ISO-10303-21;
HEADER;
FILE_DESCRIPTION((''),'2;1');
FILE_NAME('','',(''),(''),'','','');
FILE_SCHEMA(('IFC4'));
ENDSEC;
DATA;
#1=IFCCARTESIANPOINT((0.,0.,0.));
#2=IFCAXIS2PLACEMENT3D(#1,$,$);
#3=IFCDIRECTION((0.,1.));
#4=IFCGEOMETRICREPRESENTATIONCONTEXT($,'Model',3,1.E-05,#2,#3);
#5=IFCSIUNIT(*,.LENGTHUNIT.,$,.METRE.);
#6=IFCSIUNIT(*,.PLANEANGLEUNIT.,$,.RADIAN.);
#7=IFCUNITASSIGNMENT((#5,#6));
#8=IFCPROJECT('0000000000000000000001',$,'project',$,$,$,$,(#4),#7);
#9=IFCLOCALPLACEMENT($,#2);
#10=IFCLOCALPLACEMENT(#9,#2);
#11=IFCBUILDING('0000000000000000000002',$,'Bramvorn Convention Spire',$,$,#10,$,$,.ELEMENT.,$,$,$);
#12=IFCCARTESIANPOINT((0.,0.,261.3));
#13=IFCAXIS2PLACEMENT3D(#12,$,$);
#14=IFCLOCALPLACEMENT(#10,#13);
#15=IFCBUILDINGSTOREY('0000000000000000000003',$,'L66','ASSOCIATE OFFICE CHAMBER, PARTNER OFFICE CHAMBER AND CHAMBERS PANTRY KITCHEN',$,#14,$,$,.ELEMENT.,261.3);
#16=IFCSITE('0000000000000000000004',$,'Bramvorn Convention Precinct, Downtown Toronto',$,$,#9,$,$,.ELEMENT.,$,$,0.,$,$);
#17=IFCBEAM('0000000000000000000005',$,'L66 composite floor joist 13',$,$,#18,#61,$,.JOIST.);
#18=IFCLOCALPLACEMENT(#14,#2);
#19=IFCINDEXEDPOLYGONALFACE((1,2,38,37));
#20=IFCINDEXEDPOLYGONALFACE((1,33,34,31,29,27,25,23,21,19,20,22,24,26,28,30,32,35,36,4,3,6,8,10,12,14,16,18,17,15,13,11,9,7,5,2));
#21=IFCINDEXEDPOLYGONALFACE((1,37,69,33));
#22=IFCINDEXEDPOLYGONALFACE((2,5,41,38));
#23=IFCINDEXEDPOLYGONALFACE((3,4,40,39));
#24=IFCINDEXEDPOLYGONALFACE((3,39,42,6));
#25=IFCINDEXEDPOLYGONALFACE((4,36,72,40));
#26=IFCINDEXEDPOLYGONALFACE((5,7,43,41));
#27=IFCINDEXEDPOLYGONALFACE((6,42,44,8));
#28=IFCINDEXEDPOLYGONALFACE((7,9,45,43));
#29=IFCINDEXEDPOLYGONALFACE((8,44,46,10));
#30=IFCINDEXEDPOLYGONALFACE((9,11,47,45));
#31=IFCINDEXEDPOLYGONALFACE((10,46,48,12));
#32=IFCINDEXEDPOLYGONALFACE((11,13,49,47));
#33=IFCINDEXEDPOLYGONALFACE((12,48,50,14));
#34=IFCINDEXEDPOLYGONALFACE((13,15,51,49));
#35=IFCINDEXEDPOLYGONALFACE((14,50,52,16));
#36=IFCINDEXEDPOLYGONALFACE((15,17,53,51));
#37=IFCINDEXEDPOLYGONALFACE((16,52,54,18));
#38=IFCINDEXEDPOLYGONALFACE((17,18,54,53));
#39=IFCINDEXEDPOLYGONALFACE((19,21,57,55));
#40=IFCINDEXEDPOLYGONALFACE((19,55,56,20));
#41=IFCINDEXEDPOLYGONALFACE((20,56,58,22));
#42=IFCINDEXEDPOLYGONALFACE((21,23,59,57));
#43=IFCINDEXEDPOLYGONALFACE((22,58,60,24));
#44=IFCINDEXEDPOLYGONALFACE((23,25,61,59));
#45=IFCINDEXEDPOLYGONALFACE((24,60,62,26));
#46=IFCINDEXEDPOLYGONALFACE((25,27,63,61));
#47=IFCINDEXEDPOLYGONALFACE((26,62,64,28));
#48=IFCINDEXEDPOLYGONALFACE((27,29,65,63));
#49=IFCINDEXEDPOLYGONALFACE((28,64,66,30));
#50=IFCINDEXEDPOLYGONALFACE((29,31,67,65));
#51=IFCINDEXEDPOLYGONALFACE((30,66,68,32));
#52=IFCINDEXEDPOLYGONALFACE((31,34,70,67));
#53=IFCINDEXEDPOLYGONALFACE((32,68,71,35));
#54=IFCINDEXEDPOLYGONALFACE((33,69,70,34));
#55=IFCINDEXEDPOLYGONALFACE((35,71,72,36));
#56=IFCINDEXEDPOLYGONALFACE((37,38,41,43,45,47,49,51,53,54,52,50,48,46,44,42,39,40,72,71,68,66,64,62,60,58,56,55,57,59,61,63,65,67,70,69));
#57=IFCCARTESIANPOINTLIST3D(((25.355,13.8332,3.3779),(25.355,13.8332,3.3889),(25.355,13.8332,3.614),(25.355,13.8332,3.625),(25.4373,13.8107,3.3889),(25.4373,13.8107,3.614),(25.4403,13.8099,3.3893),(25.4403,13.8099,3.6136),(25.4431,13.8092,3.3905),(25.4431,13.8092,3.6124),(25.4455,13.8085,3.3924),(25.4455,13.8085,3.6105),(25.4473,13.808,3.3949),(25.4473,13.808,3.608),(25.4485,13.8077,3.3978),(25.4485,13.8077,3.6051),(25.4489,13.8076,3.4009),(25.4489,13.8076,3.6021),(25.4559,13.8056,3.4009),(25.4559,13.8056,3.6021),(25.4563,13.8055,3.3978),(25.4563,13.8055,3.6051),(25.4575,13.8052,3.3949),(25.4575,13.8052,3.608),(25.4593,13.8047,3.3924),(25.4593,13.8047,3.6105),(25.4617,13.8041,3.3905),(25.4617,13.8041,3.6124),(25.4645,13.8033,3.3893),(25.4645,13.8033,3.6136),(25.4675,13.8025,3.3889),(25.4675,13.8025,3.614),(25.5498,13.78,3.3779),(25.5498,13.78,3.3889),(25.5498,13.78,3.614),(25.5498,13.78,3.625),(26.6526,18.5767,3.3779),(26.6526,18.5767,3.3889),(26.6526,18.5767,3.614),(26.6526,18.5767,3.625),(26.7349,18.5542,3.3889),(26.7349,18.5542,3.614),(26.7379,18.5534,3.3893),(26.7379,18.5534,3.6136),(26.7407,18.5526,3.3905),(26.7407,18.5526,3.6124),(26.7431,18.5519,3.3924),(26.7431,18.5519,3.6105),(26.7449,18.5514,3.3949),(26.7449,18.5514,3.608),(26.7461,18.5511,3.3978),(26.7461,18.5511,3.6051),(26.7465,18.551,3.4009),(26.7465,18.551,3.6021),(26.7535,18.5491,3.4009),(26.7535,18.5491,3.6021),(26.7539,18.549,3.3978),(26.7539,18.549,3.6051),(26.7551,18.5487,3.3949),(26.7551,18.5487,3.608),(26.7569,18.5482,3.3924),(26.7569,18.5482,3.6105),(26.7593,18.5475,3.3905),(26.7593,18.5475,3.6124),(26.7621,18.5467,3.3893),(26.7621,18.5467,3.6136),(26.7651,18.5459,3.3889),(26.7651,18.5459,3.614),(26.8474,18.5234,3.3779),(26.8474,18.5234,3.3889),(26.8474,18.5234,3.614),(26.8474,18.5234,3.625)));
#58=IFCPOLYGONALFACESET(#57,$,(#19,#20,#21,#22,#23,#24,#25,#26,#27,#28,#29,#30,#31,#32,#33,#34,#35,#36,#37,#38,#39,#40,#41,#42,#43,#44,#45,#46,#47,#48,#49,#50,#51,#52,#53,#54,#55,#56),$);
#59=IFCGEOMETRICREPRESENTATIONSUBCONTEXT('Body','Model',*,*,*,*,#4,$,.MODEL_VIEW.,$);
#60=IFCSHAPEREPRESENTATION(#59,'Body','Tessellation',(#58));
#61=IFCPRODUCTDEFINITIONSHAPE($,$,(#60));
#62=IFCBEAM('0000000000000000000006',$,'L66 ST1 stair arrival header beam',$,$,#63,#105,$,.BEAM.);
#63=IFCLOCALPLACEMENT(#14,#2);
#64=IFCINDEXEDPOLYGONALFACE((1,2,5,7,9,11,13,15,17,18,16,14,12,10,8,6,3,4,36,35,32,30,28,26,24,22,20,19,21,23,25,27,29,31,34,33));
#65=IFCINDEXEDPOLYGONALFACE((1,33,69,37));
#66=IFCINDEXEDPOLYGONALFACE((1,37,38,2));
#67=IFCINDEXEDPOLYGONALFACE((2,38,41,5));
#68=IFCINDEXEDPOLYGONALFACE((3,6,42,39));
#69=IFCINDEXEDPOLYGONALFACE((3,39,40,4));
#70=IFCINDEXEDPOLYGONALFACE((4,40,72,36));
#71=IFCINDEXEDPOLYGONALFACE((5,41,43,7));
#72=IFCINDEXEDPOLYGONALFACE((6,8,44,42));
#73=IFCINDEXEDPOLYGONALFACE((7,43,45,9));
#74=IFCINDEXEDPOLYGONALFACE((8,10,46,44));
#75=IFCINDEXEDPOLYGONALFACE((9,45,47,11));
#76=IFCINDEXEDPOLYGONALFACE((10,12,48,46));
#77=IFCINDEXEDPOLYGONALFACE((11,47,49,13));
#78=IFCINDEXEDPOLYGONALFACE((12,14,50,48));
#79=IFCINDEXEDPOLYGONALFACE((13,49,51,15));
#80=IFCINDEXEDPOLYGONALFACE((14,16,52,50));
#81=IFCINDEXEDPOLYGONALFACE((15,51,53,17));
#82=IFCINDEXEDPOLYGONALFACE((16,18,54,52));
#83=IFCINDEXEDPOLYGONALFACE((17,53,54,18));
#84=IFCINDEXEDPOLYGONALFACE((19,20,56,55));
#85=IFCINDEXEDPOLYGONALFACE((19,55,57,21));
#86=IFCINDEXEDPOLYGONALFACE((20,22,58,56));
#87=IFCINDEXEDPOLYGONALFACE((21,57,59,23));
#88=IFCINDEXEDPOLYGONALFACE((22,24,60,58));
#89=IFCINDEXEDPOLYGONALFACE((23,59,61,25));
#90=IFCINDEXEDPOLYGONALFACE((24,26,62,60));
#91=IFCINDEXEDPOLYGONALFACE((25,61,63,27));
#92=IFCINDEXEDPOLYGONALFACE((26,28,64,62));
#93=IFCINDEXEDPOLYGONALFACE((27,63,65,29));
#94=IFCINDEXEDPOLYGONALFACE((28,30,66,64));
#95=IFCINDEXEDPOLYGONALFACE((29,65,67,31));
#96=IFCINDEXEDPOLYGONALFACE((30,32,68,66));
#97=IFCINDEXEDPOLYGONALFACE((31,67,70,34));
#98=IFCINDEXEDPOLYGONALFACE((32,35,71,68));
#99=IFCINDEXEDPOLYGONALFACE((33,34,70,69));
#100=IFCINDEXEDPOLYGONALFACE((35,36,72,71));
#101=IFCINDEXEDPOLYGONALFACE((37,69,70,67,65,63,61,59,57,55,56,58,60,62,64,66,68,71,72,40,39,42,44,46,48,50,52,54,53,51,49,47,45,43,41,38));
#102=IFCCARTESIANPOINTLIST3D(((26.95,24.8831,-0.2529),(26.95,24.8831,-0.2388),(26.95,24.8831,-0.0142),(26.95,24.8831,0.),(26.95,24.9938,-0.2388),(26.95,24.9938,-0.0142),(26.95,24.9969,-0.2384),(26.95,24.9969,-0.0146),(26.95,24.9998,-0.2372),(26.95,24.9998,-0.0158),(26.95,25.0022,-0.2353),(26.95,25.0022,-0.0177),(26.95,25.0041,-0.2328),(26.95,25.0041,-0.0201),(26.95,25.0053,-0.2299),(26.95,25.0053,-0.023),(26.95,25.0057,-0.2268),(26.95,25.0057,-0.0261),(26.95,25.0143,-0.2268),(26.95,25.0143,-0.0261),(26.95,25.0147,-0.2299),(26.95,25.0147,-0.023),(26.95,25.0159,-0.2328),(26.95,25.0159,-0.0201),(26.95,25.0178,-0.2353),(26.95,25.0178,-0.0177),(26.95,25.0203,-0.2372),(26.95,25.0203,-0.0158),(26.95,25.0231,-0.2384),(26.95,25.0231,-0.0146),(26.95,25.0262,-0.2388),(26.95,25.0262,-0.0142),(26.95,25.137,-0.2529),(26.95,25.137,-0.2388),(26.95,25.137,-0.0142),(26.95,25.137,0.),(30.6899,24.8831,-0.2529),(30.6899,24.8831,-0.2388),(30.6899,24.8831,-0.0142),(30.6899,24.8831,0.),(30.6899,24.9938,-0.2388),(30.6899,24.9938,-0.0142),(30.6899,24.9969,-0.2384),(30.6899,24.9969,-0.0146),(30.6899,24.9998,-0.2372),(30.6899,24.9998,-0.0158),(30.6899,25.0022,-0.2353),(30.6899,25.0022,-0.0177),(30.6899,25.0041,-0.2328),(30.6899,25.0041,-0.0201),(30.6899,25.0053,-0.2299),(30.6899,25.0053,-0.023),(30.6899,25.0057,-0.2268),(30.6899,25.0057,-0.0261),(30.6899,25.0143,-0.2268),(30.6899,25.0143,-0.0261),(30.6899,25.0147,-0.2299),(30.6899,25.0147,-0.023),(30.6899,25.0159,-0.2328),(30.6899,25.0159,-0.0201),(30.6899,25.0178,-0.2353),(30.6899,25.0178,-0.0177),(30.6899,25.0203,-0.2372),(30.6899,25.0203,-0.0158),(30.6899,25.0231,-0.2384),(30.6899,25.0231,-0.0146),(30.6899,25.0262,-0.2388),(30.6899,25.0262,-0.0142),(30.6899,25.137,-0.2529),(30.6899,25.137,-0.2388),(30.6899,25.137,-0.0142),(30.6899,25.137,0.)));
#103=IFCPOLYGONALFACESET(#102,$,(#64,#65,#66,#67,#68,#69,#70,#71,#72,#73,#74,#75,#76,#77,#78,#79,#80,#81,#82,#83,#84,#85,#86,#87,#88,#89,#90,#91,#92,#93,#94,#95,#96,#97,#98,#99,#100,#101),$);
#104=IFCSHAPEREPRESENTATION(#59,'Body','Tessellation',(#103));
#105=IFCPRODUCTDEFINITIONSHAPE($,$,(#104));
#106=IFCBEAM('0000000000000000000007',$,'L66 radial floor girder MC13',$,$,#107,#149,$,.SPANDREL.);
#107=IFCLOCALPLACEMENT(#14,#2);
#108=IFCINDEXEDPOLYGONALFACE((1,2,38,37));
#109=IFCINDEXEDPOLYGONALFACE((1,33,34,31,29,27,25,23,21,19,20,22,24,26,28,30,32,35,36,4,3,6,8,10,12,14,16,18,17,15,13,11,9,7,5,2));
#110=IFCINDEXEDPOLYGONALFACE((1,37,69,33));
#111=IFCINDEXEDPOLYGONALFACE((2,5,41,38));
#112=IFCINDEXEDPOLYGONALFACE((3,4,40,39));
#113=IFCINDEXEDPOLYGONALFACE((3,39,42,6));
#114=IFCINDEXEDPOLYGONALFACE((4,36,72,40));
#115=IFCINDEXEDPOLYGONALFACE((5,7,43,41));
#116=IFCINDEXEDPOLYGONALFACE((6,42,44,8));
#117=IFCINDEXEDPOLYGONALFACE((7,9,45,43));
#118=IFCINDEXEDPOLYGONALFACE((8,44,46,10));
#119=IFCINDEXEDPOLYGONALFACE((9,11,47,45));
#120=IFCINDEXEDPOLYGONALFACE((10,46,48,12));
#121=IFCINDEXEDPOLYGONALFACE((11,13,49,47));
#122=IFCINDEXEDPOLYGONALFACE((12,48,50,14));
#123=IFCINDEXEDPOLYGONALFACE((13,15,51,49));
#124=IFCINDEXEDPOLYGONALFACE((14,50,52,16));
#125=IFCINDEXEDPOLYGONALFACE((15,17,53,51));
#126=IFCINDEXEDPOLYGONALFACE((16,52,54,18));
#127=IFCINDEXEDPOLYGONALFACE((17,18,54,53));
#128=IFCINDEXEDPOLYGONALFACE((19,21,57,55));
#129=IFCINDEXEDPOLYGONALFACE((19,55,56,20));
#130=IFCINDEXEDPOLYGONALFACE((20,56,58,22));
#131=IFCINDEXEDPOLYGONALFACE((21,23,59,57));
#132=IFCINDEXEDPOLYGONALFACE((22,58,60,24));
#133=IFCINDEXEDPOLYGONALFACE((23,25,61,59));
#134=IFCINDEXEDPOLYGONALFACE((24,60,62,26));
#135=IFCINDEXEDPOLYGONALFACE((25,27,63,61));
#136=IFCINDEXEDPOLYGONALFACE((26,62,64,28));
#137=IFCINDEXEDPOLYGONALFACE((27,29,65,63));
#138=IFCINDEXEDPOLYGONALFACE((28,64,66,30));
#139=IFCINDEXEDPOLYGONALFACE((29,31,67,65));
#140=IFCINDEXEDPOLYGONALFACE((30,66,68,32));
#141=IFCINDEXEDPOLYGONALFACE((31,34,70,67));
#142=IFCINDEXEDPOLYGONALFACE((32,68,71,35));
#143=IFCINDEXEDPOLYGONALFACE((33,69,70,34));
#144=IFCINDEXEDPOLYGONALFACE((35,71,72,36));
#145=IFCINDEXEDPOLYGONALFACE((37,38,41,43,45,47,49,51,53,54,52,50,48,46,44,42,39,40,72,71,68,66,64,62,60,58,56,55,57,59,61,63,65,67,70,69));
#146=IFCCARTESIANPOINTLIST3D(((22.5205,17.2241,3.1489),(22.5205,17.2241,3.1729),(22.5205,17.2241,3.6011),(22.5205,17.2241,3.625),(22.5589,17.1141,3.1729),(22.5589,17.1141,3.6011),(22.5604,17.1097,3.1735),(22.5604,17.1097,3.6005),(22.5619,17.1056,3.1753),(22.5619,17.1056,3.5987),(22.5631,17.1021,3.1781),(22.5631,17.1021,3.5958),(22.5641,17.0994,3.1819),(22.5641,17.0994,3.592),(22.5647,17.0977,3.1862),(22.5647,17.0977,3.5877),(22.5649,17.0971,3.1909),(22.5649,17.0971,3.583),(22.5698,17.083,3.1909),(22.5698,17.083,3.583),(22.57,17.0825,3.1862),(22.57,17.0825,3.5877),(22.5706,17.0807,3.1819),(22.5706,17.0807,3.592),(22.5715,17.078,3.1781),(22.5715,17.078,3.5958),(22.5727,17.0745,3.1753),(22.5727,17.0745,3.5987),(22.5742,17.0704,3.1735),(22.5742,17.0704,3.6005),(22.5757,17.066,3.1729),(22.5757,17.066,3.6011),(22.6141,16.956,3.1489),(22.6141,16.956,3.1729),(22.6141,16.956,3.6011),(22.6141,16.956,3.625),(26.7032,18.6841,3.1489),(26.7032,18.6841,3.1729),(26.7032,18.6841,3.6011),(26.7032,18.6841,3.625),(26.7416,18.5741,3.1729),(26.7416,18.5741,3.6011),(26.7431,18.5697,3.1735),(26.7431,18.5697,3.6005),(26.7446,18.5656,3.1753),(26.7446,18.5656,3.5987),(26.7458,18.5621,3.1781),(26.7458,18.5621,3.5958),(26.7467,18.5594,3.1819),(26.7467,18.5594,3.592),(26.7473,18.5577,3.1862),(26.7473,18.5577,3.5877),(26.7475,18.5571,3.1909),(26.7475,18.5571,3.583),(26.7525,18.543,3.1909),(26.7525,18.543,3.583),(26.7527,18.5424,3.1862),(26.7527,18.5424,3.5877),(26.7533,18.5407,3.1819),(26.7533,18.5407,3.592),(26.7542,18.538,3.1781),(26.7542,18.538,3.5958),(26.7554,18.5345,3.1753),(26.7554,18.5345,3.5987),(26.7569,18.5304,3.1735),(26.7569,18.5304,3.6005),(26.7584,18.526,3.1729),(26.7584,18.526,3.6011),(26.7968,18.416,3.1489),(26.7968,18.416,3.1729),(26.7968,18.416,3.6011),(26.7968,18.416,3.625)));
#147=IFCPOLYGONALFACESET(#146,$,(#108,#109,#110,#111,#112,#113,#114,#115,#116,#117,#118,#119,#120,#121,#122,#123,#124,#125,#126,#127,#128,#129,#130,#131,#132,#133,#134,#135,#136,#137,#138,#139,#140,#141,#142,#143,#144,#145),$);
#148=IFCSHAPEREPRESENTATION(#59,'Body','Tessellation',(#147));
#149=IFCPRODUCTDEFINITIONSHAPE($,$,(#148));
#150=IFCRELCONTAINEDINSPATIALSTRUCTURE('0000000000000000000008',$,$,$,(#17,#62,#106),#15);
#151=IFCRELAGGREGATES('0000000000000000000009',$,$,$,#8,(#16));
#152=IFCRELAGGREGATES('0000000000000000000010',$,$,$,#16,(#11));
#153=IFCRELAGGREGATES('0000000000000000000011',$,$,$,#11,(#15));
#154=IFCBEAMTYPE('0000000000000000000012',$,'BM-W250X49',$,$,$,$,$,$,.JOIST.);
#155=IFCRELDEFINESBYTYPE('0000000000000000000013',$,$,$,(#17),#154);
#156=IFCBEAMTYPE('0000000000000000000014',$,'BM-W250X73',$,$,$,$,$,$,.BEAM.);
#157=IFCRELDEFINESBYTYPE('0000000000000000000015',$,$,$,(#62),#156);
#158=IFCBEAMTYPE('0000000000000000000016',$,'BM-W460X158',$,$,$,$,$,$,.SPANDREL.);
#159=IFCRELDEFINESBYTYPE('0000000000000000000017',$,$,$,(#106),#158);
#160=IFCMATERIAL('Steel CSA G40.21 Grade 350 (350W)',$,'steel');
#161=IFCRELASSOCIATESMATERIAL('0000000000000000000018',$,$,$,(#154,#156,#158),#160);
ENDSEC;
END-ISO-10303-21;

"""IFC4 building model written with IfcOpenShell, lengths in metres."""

from ifc_helpers import new_model, si_unit, direction, frame, origin, origin_2d, place, context, subcontext, project, spatial, i_section, extrude, material, material_profile, profile_set, type_object, element, save


model = new_model("IFC4")

# Units and contexts
model_context = context("Model", 3, precision=1e-05, world=origin(), true_north=direction((0.0, 1.0)))
body_context = subcontext(model_context, "Body", "Model", "MODEL_VIEW")
ifc_project = project(units=[si_unit("LENGTHUNIT", "METRE"), si_unit("PLANEANGLEUNIT", "RADIAN")], contexts=[model_context])

# Site, building, storey
site_placement = place(None, origin())
site = spatial("IfcSite", under=ifc_project, at=site_placement, Name="Bramvorn Convention Precinct, Downtown Toronto", CompositionType="ELEMENT", RefElevation=0.0)
building_placement = place(site_placement, origin())
building = spatial("IfcBuilding", under=site, at=building_placement, Name="Bramvorn Convention Spire", CompositionType="ELEMENT")
storey_placement = place(building_placement, frame((0.0, 0.0, 261.3)))
storey = spatial("IfcBuildingStorey", under=building, at=storey_placement, Name="L66", Description="ASSOCIATE OFFICE CHAMBER, PARTNER OFFICE CHAMBER AND CHAMBERS PANTRY KITCHEN", CompositionType="ELEMENT", Elevation=261.3)

# Beams
ifc_material_1 = material(Name="Steel CSA G40.21 Grade 350 (350W)", Category="steel")
ifc_material_profile_1 = material_profile(ifc_material_1, i_section(OverallWidth=0.2019, OverallDepth=0.2471, WebThickness=0.0073, FlangeThickness=0.011, FilletRadius=0.012, at=origin_2d()))
ifc_profile_set_1 = profile_set([ifc_material_profile_1], Name="Steel CSA G40.21 Grade 350 (350W) - W250X49")
beam_type_1 = type_object("IfcBeamType", Name="BM-W250X49", PredefinedType="JOIST", material=ifc_profile_set_1)
beam_1_placement = place(storey_placement, frame((26.75, 18.55, 3.5015), z_axis=(-0.263865, -0.96456, 0.0), x_axis=(0.96456, -0.263865, 0.0)))
element("IfcBeam", 1, at=beam_1_placement, inside=storey, type_object=beam_type_1, Name="L66 composite floor joist 13", PredefinedType="JOIST", context=body_context, shape_type="SweptSolid", body=[
    extrude(i_section(OverallWidth=0.2019, OverallDepth=0.2471, WebThickness=0.0073, FlangeThickness=0.011, FilletRadius=0.012, at=origin_2d()), origin(), (0.0, 0.0, 1.0), 4.9177),
])
ifc_material_profile_2 = material_profile(ifc_material_1, i_section(OverallWidth=0.2539, OverallDepth=0.2529, WebThickness=0.0085, FlangeThickness=0.0142, FilletRadius=0.012, at=origin_2d()))
ifc_profile_set_2 = profile_set([ifc_material_profile_2], Name="Steel CSA G40.21 Grade 350 (350W) - W250X73")
beam_type_2 = type_object("IfcBeamType", Name="BM-W250X73", PredefinedType="BEAM", material=ifc_profile_set_2)
beam_2_placement = place(storey_placement, frame((26.95, 25.01, -0.1265), z_axis=(1.0, 0.0, 0.0), x_axis=(0.0, 1.0, 0.0)))
element("IfcBeam", 2, at=beam_2_placement, inside=storey, type_object=beam_type_2, Name="L66 ST1 stair arrival header beam", PredefinedType="BEAM", context=body_context, shape_type="SweptSolid", body=[
    extrude(i_section(OverallWidth=0.2539, OverallDepth=0.2529, WebThickness=0.0085, FlangeThickness=0.0142, FilletRadius=0.012, at=origin_2d()), origin(), (0.0, 0.0, 1.0), 3.74),
])
ifc_material_profile_3 = material_profile(ifc_material_1, i_section(OverallWidth=0.2839, OverallDepth=0.4761, WebThickness=0.0149, FlangeThickness=0.0239, FilletRadius=0.0181, at=origin_2d()))
ifc_profile_set_3 = profile_set([ifc_material_profile_3], Name="Steel CSA G40.21 Grade 350 (350W) - W460X158")
beam_type_3 = type_object("IfcBeamType", Name="BM-W460X158", PredefinedType="SPANDREL", material=ifc_profile_set_3)
beam_3_placement = place(storey_placement, frame((26.75, 18.55, 3.387), z_axis=(-0.944136, -0.329555, 0.0), x_axis=(0.329555, -0.944136, 0.0)))
element("IfcBeam", 3, at=beam_3_placement, inside=storey, type_object=beam_type_3, Name="L66 radial floor girder MC13", PredefinedType="SPANDREL", context=body_context, shape_type="SweptSolid", body=[
    extrude(i_section(OverallWidth=0.2839, OverallDepth=0.4761, WebThickness=0.0149, FlangeThickness=0.0239, FilletRadius=0.0181, at=origin_2d()), origin(), (0.0, 0.0, 1.0), 4.4302),
])

save(model, "model.ifc")
